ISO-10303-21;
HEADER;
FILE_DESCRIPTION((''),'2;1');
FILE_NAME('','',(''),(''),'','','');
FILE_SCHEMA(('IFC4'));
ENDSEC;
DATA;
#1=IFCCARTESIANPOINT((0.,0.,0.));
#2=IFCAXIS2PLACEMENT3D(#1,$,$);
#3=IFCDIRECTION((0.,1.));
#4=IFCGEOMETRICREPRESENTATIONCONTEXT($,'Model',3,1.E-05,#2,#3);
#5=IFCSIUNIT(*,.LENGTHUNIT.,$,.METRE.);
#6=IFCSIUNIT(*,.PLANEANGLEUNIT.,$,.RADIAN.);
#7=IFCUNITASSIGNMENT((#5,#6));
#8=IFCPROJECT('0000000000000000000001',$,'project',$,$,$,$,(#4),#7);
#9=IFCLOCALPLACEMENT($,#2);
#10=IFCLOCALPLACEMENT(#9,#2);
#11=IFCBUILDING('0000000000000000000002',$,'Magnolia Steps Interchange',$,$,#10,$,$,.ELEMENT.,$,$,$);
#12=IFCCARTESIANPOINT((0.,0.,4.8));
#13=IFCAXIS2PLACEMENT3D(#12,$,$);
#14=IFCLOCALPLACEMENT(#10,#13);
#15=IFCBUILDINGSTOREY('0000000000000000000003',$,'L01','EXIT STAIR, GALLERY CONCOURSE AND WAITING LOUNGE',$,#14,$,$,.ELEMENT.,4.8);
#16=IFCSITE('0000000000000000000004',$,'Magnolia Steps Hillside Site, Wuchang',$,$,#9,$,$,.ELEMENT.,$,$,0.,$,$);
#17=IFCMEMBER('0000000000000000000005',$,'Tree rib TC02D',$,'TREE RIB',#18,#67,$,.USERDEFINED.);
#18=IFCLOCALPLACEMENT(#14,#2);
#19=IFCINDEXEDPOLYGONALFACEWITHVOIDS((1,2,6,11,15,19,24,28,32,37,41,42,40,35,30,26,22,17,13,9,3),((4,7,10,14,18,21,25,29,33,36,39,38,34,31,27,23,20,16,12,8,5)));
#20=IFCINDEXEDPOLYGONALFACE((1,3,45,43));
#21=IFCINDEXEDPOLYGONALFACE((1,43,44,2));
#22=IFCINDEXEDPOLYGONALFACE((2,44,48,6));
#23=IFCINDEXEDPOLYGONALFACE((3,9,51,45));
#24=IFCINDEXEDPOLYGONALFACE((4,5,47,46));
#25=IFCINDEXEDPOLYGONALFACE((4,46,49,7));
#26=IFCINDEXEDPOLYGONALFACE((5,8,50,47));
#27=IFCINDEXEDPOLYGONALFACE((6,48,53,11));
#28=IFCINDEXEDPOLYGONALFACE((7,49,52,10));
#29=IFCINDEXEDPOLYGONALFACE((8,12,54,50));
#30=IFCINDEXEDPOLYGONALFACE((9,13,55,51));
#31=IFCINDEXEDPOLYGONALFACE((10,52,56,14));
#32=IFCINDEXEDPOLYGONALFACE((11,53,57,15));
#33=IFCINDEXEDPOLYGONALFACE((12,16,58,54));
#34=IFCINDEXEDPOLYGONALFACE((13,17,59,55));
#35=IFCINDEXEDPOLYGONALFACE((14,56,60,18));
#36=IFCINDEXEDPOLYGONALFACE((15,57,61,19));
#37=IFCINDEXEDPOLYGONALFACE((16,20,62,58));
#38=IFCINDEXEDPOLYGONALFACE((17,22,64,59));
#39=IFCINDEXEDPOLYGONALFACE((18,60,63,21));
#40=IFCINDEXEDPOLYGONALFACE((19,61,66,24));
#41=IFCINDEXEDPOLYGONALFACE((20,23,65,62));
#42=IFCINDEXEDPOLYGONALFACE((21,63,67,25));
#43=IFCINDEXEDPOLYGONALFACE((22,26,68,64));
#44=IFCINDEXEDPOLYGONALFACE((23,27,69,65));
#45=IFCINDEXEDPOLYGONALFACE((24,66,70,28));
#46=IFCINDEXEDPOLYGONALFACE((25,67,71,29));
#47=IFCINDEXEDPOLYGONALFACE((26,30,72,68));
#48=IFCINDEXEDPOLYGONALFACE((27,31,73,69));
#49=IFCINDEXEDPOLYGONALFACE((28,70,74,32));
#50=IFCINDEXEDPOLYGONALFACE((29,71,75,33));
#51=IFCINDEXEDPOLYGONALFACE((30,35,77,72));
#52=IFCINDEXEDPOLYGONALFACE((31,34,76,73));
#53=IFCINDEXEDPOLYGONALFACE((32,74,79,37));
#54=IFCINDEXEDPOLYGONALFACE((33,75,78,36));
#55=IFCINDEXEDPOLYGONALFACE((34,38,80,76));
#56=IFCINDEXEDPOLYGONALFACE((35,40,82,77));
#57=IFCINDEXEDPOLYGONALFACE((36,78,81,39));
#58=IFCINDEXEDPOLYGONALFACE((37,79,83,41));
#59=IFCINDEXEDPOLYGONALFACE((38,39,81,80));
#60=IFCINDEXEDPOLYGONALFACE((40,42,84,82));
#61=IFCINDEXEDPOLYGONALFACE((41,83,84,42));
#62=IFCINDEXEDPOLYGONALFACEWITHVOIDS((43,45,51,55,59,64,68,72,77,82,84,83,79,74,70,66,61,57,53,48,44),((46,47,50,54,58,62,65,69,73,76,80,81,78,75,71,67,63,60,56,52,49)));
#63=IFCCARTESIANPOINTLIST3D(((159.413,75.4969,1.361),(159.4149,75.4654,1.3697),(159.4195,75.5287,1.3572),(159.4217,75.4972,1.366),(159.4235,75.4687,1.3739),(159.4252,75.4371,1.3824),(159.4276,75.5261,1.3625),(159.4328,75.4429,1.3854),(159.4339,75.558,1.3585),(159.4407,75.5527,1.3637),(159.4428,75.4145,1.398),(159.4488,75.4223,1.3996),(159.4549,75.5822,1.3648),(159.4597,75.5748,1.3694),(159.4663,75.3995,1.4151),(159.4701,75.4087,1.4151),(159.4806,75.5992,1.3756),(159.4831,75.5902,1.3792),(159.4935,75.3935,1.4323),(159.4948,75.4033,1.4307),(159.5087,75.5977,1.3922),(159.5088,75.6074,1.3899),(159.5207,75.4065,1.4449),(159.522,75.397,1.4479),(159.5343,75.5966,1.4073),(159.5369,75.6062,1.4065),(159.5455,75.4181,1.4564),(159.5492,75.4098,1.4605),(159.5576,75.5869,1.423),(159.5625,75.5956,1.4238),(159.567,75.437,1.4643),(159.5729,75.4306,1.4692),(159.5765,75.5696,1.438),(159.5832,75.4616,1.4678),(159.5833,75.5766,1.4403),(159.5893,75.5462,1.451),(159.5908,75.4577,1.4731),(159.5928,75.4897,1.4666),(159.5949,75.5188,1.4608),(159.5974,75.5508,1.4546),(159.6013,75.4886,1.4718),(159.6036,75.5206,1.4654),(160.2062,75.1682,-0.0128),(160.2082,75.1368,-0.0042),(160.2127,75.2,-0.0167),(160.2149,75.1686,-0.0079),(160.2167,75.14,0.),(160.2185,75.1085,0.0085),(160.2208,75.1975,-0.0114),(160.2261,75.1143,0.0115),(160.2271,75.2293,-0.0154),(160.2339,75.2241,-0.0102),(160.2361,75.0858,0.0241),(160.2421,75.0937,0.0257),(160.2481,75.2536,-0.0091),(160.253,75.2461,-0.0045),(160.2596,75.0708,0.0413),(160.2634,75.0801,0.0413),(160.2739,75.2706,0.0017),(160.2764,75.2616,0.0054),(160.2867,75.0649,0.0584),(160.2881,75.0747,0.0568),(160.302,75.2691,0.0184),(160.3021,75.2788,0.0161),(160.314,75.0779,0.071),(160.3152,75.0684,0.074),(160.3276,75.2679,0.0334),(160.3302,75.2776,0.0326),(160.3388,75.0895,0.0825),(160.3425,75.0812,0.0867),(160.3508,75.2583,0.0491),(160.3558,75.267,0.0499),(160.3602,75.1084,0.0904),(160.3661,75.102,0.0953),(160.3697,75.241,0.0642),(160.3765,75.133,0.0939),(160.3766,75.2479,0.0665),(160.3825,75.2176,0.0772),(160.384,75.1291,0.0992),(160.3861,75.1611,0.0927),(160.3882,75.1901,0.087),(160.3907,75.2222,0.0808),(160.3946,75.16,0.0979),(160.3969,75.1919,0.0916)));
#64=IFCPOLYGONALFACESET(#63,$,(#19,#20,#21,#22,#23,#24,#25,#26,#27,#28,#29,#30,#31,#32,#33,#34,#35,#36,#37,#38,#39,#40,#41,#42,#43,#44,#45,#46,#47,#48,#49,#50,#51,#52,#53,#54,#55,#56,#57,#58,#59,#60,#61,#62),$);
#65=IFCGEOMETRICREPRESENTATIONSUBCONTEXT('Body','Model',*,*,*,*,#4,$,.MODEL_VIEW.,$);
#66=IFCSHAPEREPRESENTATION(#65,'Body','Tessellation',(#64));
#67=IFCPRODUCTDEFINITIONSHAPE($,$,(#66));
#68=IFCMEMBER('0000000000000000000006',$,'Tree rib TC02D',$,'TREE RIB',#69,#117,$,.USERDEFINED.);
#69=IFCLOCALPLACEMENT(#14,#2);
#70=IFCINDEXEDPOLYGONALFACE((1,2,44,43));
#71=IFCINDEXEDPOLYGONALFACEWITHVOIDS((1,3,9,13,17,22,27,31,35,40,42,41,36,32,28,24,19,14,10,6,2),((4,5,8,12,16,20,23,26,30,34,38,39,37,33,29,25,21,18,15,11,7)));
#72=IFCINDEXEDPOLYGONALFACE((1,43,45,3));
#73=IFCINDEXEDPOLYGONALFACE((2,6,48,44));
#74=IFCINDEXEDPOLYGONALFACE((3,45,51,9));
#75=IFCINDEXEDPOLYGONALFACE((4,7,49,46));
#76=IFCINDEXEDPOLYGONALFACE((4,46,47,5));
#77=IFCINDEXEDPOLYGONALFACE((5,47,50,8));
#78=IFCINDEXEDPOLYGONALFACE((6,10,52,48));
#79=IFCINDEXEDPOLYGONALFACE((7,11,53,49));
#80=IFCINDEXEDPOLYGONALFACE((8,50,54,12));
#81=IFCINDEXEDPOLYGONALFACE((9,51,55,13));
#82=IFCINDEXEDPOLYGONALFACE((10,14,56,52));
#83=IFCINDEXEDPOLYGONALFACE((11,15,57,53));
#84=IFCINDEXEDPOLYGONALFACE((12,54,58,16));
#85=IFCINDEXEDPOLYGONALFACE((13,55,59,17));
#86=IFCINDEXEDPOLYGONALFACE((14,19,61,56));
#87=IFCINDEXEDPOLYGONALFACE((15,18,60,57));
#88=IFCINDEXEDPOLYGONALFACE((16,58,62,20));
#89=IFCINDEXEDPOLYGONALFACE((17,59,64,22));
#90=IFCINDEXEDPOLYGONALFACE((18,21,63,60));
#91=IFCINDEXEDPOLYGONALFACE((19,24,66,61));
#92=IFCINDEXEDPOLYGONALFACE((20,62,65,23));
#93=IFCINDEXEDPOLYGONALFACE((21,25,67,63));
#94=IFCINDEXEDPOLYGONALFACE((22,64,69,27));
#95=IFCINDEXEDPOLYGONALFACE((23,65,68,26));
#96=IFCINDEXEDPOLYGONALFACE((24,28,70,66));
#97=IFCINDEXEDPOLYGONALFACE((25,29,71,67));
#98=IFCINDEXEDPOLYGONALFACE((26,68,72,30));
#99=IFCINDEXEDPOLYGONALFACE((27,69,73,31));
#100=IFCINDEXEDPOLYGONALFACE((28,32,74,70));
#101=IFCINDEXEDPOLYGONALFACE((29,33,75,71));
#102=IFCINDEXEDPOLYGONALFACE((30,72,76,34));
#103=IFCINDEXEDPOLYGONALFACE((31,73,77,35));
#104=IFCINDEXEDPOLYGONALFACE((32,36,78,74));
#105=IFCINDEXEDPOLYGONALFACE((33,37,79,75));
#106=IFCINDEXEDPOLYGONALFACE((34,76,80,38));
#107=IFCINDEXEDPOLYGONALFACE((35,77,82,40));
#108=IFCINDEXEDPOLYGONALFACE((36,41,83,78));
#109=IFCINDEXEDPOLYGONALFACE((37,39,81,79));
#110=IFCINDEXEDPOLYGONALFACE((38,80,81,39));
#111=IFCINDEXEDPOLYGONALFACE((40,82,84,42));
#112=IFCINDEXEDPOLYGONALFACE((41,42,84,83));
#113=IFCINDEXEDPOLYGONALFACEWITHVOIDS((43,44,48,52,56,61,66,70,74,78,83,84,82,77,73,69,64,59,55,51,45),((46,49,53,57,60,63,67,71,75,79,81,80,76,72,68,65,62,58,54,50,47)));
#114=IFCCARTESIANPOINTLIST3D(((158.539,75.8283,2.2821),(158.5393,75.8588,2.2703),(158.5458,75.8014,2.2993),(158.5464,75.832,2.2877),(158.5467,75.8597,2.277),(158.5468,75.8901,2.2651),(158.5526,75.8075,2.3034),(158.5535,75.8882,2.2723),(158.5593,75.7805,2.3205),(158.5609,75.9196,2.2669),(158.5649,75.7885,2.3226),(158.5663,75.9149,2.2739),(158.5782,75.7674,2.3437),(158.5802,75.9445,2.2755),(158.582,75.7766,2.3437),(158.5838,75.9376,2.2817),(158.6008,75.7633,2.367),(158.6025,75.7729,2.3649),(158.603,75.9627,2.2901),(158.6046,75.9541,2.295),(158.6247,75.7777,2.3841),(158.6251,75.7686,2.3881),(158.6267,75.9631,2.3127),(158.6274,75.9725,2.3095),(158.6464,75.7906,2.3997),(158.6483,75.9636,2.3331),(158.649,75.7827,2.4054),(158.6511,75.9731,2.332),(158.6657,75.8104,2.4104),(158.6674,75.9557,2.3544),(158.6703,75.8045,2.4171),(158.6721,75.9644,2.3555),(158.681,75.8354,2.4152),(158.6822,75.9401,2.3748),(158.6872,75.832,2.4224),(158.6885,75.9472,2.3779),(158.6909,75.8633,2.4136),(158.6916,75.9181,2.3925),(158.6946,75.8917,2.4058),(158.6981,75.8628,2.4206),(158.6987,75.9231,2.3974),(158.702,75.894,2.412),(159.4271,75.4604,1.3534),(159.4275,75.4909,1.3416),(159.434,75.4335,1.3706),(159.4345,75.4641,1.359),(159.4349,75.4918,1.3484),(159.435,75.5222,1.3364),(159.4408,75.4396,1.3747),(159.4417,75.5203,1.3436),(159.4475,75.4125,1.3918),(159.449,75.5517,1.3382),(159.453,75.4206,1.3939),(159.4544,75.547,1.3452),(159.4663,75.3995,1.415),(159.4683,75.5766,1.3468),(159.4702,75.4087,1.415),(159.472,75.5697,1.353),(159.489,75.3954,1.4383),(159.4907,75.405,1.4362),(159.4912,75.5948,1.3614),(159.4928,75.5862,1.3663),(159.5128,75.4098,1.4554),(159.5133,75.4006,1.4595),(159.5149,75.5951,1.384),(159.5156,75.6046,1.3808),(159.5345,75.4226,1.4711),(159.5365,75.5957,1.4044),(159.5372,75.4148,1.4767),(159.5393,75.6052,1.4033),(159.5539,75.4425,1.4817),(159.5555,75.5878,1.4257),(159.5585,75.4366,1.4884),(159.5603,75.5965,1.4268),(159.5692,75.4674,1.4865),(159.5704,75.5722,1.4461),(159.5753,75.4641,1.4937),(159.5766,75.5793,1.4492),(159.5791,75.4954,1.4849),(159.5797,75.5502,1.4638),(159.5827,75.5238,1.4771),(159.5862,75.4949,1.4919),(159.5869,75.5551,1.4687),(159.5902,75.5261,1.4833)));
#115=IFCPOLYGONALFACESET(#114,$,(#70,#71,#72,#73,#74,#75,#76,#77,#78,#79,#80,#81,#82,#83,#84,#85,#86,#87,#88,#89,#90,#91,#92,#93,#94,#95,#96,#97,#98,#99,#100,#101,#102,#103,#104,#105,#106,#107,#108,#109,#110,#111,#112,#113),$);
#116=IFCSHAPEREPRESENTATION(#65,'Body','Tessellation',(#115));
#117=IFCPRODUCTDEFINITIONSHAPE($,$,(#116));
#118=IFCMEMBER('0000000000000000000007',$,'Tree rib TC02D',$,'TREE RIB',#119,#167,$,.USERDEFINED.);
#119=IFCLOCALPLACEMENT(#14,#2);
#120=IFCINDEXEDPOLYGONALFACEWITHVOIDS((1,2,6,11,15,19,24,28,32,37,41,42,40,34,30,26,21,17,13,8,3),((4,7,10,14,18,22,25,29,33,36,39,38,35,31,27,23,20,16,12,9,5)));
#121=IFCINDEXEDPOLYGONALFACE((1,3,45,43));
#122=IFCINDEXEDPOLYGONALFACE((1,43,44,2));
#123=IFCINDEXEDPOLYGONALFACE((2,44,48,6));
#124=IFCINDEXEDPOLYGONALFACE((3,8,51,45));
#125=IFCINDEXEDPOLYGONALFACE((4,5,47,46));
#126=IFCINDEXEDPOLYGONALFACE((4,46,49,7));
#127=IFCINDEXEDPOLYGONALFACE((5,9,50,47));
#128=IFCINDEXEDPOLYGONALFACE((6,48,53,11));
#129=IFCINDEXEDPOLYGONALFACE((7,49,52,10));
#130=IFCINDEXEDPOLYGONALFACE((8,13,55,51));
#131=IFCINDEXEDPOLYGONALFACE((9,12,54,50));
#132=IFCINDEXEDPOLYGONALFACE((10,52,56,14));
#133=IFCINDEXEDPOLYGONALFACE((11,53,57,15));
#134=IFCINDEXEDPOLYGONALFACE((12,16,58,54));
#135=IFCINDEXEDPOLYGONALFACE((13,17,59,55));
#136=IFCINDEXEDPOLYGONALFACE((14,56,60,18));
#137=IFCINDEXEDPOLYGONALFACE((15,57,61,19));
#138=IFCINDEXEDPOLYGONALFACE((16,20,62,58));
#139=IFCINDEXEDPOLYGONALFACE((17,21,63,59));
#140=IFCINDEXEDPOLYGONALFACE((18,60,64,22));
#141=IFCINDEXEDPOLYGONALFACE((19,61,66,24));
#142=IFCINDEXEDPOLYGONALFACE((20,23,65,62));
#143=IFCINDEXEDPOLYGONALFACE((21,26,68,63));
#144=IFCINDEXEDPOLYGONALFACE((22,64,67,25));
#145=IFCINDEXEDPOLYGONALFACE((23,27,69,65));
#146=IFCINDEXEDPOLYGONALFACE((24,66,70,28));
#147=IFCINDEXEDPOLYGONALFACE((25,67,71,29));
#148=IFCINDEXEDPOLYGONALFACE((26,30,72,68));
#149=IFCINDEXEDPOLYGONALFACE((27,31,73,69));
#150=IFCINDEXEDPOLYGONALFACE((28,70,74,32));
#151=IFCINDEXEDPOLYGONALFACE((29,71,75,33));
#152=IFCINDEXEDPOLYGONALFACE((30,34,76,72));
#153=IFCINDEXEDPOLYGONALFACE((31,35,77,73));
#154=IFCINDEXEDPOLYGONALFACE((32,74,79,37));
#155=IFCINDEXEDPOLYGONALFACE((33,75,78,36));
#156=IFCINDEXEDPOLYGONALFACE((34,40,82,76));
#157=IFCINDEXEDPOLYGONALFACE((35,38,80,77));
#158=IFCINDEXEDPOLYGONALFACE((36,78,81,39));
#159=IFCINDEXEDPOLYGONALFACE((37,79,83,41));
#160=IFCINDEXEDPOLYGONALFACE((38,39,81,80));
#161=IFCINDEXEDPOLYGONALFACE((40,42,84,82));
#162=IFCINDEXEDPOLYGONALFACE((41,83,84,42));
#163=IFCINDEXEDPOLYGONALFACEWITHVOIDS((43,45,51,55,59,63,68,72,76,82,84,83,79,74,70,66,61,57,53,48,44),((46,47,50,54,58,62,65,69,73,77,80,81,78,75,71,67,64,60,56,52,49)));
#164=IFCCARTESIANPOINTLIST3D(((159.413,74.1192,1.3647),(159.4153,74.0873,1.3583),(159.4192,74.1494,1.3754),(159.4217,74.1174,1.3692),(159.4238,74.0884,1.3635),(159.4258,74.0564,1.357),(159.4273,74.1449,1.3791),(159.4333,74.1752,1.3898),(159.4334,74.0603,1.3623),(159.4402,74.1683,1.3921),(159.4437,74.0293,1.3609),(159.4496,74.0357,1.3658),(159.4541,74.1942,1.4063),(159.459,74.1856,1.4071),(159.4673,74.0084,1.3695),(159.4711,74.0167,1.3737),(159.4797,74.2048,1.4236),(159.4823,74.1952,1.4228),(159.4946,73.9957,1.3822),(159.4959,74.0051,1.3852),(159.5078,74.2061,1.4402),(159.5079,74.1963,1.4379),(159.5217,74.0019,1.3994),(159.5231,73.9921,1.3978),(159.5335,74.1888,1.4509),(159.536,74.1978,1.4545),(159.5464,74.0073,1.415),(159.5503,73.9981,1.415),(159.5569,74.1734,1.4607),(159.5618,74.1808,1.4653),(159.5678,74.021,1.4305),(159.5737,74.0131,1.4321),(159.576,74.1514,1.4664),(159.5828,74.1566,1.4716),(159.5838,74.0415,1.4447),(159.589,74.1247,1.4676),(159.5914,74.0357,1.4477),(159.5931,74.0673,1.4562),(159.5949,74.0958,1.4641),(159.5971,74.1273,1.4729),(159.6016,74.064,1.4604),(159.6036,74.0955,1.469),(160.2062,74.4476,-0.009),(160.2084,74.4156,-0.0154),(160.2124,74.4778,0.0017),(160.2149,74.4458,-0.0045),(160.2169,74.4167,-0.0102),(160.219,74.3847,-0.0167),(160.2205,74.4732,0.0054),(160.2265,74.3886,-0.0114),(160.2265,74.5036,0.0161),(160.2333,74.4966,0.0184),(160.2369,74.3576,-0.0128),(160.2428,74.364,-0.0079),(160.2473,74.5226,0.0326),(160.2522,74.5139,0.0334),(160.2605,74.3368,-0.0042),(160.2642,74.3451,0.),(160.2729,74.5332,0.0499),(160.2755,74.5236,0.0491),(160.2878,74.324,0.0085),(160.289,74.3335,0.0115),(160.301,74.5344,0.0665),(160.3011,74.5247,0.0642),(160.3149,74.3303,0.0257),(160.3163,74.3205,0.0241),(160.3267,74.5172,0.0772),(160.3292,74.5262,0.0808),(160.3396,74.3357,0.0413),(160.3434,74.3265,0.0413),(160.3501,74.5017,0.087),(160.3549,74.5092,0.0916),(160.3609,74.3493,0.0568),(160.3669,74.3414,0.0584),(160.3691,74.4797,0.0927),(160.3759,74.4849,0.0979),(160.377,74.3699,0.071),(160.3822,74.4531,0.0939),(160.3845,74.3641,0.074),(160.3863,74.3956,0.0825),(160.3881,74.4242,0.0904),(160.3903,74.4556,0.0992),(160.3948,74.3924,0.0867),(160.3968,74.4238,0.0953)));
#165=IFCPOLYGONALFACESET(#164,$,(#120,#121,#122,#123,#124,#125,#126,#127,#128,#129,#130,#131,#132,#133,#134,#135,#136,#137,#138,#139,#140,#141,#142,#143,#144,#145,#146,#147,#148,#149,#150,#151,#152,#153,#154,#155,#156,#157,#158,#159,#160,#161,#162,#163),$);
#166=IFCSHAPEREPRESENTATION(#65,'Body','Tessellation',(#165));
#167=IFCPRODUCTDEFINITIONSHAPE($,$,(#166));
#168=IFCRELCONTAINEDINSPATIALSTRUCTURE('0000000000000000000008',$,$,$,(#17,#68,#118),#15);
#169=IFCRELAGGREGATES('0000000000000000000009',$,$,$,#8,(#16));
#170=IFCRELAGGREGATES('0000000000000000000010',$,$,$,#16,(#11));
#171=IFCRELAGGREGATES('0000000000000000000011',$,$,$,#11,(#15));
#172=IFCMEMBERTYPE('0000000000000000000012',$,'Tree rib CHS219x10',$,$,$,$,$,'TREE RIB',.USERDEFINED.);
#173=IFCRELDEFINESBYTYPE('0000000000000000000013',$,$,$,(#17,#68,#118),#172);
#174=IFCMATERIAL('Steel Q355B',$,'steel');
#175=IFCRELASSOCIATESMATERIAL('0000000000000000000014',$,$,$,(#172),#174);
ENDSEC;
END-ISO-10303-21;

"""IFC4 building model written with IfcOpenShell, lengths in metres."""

from ifc_helpers import new_model, si_unit, direction, frame, origin, origin_2d, place, context, subcontext, project, spatial, hollow_circle, extrude, material, material_profile, profile_set, type_object, element, save


model = new_model("IFC4")

# Units and contexts
model_context = context("Model", 3, precision=1e-05, world=origin(), true_north=direction((0.0, 1.0)))
body_context = subcontext(model_context, "Body", "Model", "MODEL_VIEW")
ifc_project = project(units=[si_unit("LENGTHUNIT", "METRE"), si_unit("PLANEANGLEUNIT", "RADIAN")], contexts=[model_context])

# Site, building, storey
site_placement = place(None, origin())
site = spatial("IfcSite", under=ifc_project, at=site_placement, Name="Magnolia Steps Hillside Site, Wuchang", CompositionType="ELEMENT", RefElevation=0.0)
building_placement = place(site_placement, origin())
building = spatial("IfcBuilding", under=site, at=building_placement, Name="Magnolia Steps Interchange", CompositionType="ELEMENT")
storey_placement = place(building_placement, frame((0.0, 0.0, 4.8)))
storey = spatial("IfcBuildingStorey", under=building, at=storey_placement, Name="L01", Description="EXIT STAIR, GALLERY CONCOURSE AND WAITING LOUNGE", CompositionType="ELEMENT", Elevation=4.8)

# Members
ifc_material_1 = material(Name="Steel Q355B", Category="steel")
ifc_material_profile_1 = material_profile(ifc_material_1, hollow_circle(Radius=0.1096, WallThickness=0.01, at=origin_2d()), Name="CHS219x10")
ifc_profile_set_1 = profile_set([ifc_material_profile_1], Name="Steel Q355B")
member_type = type_object("IfcMemberType", Name="Tree rib CHS219x10", ElementType="TREE RIB", PredefinedType="USERDEFINED", material=ifc_profile_set_1)
member_1_placement = place(storey_placement, frame((160.3015, 75.1721, 0.0413), z_axis=(-0.489634, 0.202846, 0.848005), x_axis=(-0.382737, -0.923857, 0.0)))
element("IfcMember", 1, at=member_1_placement, inside=storey, type_object=member_type, Name="Tree rib TC02D", ObjectType="TREE RIB", PredefinedType="USERDEFINED", context=body_context, shape_type="SweptSolid", body=[
    extrude(hollow_circle(Radius=0.1096, WallThickness=0.01, at=origin_2d()), origin(), (0.0, 0.0, 1.0), 1.6201),
])
member_2_placement = place(storey_placement, frame((159.5083, 75.5007, 1.415), z_axis=(-0.664465, 0.275247, 0.694784), x_axis=(-0.382703, -0.923871, 0.0)))
element("IfcMember", 2, at=member_2_placement, inside=storey, type_object=member_type, Name="Tree rib TC02D", ObjectType="TREE RIB", PredefinedType="USERDEFINED", context=body_context, shape_type="SweptSolid", body=[
    extrude(hollow_circle(Radius=0.1096, WallThickness=0.01, at=origin_2d()), origin(), (0.0, 0.0, 1.0), 1.3367),
])
member_3_placement = place(storey_placement, frame((160.3015, 74.4277, 0.0413), z_axis=(-0.489649, -0.202702, 0.848031), x_axis=(0.382494, -0.923958, 0.0)))
element("IfcMember", 3, at=member_3_placement, inside=storey, type_object=member_type, Name="Tree rib TC02D", ObjectType="TREE RIB", PredefinedType="USERDEFINED", context=body_context, shape_type="SweptSolid", body=[
    extrude(hollow_circle(Radius=0.1096, WallThickness=0.01, at=origin_2d()), origin(), (0.0, 0.0, 1.0), 1.6199),
])

save(model, "model.ifc")
